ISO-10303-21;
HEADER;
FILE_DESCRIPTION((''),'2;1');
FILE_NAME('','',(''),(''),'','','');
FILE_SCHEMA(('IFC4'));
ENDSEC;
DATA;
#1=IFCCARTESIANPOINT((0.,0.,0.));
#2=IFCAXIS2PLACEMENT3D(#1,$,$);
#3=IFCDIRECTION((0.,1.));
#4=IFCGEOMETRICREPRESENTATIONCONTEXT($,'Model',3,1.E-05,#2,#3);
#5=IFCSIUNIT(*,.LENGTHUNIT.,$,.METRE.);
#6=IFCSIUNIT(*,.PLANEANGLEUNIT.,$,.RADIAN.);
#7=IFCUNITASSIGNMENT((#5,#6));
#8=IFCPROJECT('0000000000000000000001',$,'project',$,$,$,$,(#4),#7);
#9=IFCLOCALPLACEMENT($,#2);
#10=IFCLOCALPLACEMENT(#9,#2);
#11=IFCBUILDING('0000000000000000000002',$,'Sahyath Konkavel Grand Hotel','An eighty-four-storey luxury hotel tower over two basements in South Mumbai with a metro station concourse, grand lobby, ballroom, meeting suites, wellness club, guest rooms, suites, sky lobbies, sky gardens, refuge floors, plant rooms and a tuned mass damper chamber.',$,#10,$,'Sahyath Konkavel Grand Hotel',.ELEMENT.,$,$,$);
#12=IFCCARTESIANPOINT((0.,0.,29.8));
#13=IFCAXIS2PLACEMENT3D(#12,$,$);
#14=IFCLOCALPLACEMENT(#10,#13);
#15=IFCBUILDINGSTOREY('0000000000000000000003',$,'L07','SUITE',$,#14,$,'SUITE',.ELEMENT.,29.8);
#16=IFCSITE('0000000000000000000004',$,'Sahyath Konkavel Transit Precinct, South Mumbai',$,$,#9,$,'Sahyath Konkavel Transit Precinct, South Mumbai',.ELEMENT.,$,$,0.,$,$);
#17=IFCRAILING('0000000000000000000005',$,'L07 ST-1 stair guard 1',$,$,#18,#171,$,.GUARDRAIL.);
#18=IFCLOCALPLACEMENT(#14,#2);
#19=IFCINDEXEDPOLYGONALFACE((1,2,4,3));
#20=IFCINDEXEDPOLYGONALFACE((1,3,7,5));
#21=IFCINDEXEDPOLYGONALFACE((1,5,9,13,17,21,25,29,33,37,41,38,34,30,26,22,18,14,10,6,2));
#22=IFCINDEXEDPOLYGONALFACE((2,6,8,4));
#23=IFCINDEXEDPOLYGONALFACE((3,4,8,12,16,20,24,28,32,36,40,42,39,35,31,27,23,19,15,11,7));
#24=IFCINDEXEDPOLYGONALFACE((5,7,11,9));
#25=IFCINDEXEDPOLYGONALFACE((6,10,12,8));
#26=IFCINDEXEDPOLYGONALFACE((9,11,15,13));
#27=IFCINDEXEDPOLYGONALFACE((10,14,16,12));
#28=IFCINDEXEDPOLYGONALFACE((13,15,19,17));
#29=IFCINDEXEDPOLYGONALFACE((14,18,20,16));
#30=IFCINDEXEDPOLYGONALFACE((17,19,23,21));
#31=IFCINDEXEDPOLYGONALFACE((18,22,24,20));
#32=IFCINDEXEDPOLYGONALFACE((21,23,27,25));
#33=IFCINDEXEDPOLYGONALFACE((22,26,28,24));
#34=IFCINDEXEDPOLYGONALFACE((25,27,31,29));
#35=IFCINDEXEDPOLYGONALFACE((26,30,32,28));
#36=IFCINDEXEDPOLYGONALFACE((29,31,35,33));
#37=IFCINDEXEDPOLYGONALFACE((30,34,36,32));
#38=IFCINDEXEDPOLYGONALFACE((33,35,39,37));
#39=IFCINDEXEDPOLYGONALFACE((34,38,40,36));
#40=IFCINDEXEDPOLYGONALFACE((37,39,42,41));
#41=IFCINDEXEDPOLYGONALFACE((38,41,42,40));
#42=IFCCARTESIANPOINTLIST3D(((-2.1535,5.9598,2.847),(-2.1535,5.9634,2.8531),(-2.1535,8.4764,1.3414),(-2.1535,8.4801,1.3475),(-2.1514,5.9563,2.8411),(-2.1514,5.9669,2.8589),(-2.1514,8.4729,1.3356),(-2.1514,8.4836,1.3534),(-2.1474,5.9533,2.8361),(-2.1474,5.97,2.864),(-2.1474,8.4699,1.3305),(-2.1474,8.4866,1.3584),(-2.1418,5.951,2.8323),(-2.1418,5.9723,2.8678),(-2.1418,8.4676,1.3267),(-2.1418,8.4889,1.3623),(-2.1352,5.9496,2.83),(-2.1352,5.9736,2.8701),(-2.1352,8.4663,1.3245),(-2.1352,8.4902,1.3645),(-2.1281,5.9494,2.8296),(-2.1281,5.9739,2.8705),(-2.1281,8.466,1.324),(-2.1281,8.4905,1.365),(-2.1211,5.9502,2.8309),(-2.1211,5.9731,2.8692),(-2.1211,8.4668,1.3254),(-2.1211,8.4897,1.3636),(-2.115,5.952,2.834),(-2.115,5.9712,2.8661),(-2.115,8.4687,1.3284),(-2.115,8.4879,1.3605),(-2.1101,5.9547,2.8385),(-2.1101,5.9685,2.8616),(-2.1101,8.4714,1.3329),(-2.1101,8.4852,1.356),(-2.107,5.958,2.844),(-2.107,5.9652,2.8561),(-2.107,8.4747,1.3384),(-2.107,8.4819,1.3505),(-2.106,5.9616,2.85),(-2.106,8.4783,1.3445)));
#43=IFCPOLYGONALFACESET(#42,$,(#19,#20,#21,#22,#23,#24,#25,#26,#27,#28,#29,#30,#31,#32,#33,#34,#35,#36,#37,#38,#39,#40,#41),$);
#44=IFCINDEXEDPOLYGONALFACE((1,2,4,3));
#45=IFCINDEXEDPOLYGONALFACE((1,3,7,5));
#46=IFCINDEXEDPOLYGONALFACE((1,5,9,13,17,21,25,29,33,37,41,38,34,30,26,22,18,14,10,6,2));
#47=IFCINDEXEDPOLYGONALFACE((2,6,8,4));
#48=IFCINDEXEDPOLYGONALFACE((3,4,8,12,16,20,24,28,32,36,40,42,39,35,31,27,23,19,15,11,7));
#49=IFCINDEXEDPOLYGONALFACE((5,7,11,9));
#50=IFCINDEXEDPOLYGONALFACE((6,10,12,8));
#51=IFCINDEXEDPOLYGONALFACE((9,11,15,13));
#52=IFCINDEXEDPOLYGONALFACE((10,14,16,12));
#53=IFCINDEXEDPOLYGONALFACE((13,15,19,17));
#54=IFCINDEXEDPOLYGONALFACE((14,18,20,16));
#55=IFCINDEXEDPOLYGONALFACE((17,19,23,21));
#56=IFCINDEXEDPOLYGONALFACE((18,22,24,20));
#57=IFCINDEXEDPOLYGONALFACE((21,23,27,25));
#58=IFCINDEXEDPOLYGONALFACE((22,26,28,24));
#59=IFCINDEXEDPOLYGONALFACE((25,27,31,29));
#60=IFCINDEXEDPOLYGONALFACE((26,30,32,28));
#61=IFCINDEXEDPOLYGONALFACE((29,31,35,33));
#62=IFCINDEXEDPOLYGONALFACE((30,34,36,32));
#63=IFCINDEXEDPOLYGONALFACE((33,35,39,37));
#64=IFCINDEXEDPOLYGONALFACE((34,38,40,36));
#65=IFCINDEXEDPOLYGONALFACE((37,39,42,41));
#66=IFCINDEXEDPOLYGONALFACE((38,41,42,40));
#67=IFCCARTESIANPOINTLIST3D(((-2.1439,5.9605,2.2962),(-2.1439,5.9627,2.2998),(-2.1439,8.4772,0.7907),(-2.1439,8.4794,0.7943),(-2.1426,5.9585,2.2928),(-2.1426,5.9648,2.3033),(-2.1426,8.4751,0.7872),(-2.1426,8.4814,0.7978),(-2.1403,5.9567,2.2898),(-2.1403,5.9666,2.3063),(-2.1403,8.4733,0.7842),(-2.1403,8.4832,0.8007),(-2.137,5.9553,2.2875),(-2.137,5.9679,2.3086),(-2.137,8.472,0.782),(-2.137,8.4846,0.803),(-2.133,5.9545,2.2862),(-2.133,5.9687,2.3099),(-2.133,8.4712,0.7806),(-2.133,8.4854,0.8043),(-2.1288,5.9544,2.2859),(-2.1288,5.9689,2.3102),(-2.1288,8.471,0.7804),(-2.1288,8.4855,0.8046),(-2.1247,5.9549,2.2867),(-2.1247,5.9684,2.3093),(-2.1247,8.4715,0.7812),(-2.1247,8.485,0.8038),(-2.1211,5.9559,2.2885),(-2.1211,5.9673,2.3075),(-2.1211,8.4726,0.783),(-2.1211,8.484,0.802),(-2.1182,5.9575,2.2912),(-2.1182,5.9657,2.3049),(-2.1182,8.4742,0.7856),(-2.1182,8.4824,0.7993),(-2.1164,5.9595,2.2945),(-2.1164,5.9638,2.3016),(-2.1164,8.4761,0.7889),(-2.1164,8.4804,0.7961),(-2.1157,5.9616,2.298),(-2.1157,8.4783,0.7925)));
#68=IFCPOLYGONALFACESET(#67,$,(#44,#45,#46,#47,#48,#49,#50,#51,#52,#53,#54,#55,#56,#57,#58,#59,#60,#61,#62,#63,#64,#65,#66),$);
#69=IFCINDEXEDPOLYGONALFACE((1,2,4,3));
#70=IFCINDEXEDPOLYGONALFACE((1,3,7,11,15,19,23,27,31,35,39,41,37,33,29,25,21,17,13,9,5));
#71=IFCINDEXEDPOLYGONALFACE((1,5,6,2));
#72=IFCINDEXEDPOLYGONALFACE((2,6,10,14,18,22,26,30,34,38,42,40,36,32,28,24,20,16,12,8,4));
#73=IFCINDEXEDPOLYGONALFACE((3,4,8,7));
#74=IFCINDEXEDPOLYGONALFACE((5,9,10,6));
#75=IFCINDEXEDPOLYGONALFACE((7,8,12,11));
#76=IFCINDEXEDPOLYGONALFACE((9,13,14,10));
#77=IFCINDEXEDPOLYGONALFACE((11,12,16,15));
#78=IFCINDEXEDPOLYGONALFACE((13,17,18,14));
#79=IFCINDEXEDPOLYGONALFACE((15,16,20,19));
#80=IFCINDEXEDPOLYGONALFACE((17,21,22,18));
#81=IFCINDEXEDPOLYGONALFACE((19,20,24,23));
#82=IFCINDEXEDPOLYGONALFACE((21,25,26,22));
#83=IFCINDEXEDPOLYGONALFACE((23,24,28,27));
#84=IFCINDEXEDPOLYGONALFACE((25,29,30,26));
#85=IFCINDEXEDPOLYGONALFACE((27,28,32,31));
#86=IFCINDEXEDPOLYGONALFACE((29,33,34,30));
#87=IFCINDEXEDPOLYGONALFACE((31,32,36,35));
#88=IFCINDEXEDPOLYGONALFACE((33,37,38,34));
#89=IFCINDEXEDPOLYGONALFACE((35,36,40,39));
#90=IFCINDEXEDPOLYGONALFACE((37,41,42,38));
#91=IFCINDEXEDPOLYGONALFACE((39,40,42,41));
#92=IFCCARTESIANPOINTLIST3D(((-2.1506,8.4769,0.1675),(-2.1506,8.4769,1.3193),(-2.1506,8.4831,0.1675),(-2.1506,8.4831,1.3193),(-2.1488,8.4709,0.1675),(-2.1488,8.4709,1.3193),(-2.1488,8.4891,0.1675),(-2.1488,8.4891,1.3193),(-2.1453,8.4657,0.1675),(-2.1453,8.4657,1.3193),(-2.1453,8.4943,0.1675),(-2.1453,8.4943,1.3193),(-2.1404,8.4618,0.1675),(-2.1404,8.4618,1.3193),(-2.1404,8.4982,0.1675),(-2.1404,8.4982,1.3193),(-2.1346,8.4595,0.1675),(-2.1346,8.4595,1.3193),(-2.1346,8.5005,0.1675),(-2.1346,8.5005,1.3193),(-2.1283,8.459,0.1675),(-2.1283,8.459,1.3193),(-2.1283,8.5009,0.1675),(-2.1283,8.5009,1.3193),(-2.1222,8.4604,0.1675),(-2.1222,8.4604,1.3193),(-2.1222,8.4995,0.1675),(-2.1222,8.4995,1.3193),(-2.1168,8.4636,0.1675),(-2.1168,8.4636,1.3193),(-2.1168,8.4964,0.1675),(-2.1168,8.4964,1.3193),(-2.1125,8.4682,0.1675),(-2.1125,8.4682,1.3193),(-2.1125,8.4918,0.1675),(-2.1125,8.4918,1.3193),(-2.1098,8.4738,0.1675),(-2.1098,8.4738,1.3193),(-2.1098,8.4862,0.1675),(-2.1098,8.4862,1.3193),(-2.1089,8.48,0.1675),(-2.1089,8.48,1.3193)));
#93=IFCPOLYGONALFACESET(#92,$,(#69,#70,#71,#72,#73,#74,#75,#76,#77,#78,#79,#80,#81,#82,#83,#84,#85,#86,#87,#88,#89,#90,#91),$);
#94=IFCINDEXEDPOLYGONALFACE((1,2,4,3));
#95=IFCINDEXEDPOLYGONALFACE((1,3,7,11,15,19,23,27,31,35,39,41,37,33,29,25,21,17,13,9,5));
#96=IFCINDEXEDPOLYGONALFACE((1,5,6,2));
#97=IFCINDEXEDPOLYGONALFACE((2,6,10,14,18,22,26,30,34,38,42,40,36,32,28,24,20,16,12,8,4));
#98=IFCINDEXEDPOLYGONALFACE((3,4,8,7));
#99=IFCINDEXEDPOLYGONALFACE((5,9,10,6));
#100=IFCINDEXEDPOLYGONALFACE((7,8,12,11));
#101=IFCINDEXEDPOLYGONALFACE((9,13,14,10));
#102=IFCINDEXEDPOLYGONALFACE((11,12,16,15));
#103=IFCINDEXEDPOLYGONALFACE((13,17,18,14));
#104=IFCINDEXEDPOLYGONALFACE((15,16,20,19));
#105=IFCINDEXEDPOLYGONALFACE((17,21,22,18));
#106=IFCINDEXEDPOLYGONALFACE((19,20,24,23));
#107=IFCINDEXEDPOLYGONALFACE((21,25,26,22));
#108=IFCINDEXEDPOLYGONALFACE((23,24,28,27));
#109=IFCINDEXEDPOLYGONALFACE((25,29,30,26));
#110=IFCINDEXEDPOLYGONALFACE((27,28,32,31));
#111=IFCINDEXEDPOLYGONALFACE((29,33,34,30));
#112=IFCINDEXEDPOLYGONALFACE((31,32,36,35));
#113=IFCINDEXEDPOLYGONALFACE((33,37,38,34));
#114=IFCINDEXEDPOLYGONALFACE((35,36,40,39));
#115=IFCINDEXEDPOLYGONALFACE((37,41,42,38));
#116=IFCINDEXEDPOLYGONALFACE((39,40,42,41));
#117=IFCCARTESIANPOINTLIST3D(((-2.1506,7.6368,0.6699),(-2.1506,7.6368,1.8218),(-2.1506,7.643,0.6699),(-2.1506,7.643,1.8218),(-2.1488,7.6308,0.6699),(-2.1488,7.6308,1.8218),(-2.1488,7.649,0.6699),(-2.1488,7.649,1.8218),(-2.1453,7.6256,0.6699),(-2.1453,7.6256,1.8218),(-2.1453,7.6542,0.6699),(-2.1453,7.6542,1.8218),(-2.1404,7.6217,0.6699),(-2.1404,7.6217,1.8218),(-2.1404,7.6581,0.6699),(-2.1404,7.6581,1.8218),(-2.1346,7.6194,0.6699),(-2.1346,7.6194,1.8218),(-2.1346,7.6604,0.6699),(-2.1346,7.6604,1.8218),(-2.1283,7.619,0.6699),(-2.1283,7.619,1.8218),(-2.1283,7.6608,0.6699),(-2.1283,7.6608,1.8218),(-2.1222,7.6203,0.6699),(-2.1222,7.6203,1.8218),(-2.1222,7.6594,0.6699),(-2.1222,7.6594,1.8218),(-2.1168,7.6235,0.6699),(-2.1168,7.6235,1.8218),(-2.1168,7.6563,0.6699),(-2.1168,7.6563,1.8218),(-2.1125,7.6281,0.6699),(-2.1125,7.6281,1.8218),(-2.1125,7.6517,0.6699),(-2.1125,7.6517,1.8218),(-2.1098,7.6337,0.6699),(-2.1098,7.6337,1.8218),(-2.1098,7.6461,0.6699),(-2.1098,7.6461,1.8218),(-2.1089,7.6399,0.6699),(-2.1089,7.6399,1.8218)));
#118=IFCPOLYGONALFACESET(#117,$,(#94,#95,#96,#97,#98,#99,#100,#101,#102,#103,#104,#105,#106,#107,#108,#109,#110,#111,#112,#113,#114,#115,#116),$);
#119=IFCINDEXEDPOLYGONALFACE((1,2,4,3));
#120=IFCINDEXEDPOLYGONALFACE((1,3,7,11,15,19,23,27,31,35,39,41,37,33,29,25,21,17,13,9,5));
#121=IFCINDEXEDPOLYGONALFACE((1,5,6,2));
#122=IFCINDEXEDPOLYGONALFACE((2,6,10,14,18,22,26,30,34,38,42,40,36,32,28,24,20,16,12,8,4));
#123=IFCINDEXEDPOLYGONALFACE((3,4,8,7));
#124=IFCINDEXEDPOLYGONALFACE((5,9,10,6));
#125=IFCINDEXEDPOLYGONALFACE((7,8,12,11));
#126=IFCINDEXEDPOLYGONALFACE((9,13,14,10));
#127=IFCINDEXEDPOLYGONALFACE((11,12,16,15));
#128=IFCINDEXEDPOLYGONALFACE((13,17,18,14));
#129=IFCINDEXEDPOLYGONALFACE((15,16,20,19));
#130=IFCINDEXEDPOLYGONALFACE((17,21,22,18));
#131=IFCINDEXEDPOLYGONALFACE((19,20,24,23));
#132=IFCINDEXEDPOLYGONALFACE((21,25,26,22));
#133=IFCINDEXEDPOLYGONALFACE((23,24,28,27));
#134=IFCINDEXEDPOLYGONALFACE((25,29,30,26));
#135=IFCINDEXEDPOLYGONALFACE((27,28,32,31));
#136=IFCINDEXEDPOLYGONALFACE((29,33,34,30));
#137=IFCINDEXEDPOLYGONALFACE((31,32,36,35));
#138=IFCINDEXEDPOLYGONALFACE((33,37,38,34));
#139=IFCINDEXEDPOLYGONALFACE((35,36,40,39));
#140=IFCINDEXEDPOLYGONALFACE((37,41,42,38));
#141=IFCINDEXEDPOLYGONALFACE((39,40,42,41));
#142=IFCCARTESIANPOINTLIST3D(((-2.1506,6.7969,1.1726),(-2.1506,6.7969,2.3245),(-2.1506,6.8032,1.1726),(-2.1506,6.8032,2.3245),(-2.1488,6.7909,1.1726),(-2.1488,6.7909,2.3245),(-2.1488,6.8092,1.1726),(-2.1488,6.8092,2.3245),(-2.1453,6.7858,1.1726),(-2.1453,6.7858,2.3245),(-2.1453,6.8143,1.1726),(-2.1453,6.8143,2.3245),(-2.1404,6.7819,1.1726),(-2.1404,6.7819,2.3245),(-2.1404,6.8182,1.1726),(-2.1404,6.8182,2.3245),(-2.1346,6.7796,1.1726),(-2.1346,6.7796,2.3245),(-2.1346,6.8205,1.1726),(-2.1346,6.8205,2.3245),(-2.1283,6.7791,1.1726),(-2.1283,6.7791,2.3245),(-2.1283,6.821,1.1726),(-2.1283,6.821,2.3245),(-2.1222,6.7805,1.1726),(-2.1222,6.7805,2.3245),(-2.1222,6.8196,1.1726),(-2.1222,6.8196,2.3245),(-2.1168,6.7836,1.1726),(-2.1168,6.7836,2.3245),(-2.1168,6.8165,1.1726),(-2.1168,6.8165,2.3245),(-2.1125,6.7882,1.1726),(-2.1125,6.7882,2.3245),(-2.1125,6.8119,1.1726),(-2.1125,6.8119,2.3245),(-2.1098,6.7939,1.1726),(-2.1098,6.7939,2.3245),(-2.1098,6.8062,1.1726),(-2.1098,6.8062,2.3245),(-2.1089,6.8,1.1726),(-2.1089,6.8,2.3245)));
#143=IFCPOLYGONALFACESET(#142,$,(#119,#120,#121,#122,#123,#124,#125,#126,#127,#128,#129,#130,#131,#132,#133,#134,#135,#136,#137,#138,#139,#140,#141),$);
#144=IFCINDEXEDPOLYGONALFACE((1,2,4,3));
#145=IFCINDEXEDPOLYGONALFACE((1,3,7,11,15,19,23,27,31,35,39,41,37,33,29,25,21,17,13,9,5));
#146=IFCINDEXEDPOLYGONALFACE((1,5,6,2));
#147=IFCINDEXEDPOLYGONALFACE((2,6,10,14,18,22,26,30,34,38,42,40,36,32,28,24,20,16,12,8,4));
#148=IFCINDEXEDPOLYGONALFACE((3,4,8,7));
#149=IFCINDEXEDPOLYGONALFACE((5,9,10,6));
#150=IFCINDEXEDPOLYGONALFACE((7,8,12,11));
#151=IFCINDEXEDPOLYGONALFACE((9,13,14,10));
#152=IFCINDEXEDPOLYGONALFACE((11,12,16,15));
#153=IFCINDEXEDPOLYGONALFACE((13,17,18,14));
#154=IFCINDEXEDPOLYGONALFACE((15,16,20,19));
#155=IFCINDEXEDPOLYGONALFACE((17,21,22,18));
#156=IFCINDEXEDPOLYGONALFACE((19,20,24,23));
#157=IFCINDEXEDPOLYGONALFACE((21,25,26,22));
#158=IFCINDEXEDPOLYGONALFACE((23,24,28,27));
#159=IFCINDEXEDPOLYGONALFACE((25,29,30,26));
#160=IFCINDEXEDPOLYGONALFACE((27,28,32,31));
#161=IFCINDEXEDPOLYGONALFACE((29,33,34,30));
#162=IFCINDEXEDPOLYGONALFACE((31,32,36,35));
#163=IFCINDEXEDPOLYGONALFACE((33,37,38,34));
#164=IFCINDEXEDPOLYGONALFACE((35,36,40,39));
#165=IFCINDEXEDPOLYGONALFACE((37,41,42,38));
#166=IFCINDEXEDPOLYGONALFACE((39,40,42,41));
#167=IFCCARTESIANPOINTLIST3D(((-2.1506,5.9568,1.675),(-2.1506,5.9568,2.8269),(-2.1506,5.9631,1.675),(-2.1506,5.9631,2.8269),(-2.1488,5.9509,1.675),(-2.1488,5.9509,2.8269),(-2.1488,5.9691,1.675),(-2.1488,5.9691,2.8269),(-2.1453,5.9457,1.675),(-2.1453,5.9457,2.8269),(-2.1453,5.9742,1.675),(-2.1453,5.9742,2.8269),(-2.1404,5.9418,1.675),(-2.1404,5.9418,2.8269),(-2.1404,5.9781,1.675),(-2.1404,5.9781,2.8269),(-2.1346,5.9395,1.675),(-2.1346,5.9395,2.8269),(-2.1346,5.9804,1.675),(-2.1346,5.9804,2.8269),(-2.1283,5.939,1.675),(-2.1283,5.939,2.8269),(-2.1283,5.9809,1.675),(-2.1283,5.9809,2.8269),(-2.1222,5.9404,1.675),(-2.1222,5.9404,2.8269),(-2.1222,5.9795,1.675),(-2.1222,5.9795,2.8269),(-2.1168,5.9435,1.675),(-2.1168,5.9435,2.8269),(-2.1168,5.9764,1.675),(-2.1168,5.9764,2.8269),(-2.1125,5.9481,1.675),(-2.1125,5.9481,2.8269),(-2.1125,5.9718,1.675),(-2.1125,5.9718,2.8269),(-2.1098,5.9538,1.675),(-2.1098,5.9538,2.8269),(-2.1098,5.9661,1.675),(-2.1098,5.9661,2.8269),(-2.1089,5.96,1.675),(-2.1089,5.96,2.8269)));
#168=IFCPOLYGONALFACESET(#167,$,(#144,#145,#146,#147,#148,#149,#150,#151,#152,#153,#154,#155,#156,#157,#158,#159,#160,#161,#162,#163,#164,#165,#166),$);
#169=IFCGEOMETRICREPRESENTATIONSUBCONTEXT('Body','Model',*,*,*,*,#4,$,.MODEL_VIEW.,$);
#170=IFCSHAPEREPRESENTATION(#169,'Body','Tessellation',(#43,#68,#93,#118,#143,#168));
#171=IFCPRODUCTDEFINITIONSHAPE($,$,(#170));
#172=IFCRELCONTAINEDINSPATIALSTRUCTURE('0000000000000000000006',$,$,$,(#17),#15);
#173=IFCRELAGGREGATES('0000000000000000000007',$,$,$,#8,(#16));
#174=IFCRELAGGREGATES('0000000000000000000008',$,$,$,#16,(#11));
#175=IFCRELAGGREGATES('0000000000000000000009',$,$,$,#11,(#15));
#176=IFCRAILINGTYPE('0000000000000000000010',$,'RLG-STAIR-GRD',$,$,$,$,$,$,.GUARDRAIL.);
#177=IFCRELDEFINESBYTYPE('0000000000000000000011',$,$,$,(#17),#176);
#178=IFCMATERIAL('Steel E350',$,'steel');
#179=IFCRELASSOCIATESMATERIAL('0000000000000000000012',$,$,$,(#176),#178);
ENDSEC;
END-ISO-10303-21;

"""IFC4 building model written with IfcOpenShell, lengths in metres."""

from ifc_helpers import new_model, si_unit, direction, frame, origin, origin_2d, place, context, subcontext, project, spatial, circle, extrude, material, type_object, element, save


model = new_model("IFC4")

# Units and contexts
model_context = context("Model", 3, precision=1e-05, world=origin(), true_north=direction((0.0, 1.0)))
body_context = subcontext(model_context, "Body", "Model", "MODEL_VIEW")
ifc_project = project(units=[si_unit("LENGTHUNIT", "METRE"), si_unit("PLANEANGLEUNIT", "RADIAN")], contexts=[model_context])

# Site, building, storey
site_placement = place(None, origin())
site = spatial("IfcSite", under=ifc_project, at=site_placement, Name="Sahyath Konkavel Transit Precinct, South Mumbai", LongName="Sahyath Konkavel Transit Precinct, South Mumbai", CompositionType="ELEMENT", RefElevation=0.0)
building_placement = place(site_placement, origin())
building = spatial("IfcBuilding", under=site, at=building_placement, Name="Sahyath Konkavel Grand Hotel", Description="An eighty-four-storey luxury hotel tower over two basements in South Mumbai with a metro station concourse, grand lobby, ballroom, meeting suites, wellness club, guest rooms, suites, sky lobbies, sky gardens, refuge floors, plant rooms and a tuned mass damper chamber.", LongName="Sahyath Konkavel Grand Hotel", CompositionType="ELEMENT")
storey_placement = place(building_placement, frame((0.0, 0.0, 29.8)))
storey = spatial("IfcBuildingStorey", under=building, at=storey_placement, Name="L07", Description="SUITE", LongName="SUITE", CompositionType="ELEMENT", Elevation=29.8)

# Shared definitions
ifc_material_1 = material(Name="Steel E350", Category="steel")

# Railing
railing_type_1 = type_object("IfcRailingType", Name="RLG-STAIR-GRD", PredefinedType="GUARDRAIL", material=ifc_material_1)
railing_1_placement = place(storey_placement, frame((-2.1299, 8.48, 0.1675)))
element("IfcRailing", 1, at=railing_1_placement, inside=storey, type_object=railing_type_1, Name="L07 ST-1 stair guard 1", PredefinedType="GUARDRAIL", context=body_context, shape_type="SweptSolid", body=[
    extrude(circle(Radius=0.0239, at=origin_2d()), frame((0.0, -0.0017, 1.177), z_axis=(0.0, -0.85816, 0.513383), x_axis=(1.0, 0.0, 0.0)), (0.0, 0.0, 1.0), 2.9326),
    extrude(circle(Radius=0.0142, at=origin_2d()), frame((0.0, -0.0017, 0.625), z_axis=(0.0, -0.85816, 0.513383), x_axis=(1.0, 0.0, 0.0)), (0.0, 0.0, 1.0), 2.9326),
    extrude(circle(Radius=0.021, at=origin_2d()), origin(), (0.0, 0.0, 1.0), 1.1519),
    extrude(circle(Radius=0.021, at=origin_2d()), frame((0.0, -0.8401, 0.5024)), (0.0, 0.0, 1.0), 1.1519),
    extrude(circle(Radius=0.021, at=origin_2d()), frame((0.0, -1.6799, 1.0051)), (0.0, 0.0, 1.0), 1.1519),
    extrude(circle(Radius=0.021, at=origin_2d()), frame((0.0, -2.52, 1.5076)), (0.0, 0.0, 1.0), 1.1519),
])

save(model, "model.ifc")
